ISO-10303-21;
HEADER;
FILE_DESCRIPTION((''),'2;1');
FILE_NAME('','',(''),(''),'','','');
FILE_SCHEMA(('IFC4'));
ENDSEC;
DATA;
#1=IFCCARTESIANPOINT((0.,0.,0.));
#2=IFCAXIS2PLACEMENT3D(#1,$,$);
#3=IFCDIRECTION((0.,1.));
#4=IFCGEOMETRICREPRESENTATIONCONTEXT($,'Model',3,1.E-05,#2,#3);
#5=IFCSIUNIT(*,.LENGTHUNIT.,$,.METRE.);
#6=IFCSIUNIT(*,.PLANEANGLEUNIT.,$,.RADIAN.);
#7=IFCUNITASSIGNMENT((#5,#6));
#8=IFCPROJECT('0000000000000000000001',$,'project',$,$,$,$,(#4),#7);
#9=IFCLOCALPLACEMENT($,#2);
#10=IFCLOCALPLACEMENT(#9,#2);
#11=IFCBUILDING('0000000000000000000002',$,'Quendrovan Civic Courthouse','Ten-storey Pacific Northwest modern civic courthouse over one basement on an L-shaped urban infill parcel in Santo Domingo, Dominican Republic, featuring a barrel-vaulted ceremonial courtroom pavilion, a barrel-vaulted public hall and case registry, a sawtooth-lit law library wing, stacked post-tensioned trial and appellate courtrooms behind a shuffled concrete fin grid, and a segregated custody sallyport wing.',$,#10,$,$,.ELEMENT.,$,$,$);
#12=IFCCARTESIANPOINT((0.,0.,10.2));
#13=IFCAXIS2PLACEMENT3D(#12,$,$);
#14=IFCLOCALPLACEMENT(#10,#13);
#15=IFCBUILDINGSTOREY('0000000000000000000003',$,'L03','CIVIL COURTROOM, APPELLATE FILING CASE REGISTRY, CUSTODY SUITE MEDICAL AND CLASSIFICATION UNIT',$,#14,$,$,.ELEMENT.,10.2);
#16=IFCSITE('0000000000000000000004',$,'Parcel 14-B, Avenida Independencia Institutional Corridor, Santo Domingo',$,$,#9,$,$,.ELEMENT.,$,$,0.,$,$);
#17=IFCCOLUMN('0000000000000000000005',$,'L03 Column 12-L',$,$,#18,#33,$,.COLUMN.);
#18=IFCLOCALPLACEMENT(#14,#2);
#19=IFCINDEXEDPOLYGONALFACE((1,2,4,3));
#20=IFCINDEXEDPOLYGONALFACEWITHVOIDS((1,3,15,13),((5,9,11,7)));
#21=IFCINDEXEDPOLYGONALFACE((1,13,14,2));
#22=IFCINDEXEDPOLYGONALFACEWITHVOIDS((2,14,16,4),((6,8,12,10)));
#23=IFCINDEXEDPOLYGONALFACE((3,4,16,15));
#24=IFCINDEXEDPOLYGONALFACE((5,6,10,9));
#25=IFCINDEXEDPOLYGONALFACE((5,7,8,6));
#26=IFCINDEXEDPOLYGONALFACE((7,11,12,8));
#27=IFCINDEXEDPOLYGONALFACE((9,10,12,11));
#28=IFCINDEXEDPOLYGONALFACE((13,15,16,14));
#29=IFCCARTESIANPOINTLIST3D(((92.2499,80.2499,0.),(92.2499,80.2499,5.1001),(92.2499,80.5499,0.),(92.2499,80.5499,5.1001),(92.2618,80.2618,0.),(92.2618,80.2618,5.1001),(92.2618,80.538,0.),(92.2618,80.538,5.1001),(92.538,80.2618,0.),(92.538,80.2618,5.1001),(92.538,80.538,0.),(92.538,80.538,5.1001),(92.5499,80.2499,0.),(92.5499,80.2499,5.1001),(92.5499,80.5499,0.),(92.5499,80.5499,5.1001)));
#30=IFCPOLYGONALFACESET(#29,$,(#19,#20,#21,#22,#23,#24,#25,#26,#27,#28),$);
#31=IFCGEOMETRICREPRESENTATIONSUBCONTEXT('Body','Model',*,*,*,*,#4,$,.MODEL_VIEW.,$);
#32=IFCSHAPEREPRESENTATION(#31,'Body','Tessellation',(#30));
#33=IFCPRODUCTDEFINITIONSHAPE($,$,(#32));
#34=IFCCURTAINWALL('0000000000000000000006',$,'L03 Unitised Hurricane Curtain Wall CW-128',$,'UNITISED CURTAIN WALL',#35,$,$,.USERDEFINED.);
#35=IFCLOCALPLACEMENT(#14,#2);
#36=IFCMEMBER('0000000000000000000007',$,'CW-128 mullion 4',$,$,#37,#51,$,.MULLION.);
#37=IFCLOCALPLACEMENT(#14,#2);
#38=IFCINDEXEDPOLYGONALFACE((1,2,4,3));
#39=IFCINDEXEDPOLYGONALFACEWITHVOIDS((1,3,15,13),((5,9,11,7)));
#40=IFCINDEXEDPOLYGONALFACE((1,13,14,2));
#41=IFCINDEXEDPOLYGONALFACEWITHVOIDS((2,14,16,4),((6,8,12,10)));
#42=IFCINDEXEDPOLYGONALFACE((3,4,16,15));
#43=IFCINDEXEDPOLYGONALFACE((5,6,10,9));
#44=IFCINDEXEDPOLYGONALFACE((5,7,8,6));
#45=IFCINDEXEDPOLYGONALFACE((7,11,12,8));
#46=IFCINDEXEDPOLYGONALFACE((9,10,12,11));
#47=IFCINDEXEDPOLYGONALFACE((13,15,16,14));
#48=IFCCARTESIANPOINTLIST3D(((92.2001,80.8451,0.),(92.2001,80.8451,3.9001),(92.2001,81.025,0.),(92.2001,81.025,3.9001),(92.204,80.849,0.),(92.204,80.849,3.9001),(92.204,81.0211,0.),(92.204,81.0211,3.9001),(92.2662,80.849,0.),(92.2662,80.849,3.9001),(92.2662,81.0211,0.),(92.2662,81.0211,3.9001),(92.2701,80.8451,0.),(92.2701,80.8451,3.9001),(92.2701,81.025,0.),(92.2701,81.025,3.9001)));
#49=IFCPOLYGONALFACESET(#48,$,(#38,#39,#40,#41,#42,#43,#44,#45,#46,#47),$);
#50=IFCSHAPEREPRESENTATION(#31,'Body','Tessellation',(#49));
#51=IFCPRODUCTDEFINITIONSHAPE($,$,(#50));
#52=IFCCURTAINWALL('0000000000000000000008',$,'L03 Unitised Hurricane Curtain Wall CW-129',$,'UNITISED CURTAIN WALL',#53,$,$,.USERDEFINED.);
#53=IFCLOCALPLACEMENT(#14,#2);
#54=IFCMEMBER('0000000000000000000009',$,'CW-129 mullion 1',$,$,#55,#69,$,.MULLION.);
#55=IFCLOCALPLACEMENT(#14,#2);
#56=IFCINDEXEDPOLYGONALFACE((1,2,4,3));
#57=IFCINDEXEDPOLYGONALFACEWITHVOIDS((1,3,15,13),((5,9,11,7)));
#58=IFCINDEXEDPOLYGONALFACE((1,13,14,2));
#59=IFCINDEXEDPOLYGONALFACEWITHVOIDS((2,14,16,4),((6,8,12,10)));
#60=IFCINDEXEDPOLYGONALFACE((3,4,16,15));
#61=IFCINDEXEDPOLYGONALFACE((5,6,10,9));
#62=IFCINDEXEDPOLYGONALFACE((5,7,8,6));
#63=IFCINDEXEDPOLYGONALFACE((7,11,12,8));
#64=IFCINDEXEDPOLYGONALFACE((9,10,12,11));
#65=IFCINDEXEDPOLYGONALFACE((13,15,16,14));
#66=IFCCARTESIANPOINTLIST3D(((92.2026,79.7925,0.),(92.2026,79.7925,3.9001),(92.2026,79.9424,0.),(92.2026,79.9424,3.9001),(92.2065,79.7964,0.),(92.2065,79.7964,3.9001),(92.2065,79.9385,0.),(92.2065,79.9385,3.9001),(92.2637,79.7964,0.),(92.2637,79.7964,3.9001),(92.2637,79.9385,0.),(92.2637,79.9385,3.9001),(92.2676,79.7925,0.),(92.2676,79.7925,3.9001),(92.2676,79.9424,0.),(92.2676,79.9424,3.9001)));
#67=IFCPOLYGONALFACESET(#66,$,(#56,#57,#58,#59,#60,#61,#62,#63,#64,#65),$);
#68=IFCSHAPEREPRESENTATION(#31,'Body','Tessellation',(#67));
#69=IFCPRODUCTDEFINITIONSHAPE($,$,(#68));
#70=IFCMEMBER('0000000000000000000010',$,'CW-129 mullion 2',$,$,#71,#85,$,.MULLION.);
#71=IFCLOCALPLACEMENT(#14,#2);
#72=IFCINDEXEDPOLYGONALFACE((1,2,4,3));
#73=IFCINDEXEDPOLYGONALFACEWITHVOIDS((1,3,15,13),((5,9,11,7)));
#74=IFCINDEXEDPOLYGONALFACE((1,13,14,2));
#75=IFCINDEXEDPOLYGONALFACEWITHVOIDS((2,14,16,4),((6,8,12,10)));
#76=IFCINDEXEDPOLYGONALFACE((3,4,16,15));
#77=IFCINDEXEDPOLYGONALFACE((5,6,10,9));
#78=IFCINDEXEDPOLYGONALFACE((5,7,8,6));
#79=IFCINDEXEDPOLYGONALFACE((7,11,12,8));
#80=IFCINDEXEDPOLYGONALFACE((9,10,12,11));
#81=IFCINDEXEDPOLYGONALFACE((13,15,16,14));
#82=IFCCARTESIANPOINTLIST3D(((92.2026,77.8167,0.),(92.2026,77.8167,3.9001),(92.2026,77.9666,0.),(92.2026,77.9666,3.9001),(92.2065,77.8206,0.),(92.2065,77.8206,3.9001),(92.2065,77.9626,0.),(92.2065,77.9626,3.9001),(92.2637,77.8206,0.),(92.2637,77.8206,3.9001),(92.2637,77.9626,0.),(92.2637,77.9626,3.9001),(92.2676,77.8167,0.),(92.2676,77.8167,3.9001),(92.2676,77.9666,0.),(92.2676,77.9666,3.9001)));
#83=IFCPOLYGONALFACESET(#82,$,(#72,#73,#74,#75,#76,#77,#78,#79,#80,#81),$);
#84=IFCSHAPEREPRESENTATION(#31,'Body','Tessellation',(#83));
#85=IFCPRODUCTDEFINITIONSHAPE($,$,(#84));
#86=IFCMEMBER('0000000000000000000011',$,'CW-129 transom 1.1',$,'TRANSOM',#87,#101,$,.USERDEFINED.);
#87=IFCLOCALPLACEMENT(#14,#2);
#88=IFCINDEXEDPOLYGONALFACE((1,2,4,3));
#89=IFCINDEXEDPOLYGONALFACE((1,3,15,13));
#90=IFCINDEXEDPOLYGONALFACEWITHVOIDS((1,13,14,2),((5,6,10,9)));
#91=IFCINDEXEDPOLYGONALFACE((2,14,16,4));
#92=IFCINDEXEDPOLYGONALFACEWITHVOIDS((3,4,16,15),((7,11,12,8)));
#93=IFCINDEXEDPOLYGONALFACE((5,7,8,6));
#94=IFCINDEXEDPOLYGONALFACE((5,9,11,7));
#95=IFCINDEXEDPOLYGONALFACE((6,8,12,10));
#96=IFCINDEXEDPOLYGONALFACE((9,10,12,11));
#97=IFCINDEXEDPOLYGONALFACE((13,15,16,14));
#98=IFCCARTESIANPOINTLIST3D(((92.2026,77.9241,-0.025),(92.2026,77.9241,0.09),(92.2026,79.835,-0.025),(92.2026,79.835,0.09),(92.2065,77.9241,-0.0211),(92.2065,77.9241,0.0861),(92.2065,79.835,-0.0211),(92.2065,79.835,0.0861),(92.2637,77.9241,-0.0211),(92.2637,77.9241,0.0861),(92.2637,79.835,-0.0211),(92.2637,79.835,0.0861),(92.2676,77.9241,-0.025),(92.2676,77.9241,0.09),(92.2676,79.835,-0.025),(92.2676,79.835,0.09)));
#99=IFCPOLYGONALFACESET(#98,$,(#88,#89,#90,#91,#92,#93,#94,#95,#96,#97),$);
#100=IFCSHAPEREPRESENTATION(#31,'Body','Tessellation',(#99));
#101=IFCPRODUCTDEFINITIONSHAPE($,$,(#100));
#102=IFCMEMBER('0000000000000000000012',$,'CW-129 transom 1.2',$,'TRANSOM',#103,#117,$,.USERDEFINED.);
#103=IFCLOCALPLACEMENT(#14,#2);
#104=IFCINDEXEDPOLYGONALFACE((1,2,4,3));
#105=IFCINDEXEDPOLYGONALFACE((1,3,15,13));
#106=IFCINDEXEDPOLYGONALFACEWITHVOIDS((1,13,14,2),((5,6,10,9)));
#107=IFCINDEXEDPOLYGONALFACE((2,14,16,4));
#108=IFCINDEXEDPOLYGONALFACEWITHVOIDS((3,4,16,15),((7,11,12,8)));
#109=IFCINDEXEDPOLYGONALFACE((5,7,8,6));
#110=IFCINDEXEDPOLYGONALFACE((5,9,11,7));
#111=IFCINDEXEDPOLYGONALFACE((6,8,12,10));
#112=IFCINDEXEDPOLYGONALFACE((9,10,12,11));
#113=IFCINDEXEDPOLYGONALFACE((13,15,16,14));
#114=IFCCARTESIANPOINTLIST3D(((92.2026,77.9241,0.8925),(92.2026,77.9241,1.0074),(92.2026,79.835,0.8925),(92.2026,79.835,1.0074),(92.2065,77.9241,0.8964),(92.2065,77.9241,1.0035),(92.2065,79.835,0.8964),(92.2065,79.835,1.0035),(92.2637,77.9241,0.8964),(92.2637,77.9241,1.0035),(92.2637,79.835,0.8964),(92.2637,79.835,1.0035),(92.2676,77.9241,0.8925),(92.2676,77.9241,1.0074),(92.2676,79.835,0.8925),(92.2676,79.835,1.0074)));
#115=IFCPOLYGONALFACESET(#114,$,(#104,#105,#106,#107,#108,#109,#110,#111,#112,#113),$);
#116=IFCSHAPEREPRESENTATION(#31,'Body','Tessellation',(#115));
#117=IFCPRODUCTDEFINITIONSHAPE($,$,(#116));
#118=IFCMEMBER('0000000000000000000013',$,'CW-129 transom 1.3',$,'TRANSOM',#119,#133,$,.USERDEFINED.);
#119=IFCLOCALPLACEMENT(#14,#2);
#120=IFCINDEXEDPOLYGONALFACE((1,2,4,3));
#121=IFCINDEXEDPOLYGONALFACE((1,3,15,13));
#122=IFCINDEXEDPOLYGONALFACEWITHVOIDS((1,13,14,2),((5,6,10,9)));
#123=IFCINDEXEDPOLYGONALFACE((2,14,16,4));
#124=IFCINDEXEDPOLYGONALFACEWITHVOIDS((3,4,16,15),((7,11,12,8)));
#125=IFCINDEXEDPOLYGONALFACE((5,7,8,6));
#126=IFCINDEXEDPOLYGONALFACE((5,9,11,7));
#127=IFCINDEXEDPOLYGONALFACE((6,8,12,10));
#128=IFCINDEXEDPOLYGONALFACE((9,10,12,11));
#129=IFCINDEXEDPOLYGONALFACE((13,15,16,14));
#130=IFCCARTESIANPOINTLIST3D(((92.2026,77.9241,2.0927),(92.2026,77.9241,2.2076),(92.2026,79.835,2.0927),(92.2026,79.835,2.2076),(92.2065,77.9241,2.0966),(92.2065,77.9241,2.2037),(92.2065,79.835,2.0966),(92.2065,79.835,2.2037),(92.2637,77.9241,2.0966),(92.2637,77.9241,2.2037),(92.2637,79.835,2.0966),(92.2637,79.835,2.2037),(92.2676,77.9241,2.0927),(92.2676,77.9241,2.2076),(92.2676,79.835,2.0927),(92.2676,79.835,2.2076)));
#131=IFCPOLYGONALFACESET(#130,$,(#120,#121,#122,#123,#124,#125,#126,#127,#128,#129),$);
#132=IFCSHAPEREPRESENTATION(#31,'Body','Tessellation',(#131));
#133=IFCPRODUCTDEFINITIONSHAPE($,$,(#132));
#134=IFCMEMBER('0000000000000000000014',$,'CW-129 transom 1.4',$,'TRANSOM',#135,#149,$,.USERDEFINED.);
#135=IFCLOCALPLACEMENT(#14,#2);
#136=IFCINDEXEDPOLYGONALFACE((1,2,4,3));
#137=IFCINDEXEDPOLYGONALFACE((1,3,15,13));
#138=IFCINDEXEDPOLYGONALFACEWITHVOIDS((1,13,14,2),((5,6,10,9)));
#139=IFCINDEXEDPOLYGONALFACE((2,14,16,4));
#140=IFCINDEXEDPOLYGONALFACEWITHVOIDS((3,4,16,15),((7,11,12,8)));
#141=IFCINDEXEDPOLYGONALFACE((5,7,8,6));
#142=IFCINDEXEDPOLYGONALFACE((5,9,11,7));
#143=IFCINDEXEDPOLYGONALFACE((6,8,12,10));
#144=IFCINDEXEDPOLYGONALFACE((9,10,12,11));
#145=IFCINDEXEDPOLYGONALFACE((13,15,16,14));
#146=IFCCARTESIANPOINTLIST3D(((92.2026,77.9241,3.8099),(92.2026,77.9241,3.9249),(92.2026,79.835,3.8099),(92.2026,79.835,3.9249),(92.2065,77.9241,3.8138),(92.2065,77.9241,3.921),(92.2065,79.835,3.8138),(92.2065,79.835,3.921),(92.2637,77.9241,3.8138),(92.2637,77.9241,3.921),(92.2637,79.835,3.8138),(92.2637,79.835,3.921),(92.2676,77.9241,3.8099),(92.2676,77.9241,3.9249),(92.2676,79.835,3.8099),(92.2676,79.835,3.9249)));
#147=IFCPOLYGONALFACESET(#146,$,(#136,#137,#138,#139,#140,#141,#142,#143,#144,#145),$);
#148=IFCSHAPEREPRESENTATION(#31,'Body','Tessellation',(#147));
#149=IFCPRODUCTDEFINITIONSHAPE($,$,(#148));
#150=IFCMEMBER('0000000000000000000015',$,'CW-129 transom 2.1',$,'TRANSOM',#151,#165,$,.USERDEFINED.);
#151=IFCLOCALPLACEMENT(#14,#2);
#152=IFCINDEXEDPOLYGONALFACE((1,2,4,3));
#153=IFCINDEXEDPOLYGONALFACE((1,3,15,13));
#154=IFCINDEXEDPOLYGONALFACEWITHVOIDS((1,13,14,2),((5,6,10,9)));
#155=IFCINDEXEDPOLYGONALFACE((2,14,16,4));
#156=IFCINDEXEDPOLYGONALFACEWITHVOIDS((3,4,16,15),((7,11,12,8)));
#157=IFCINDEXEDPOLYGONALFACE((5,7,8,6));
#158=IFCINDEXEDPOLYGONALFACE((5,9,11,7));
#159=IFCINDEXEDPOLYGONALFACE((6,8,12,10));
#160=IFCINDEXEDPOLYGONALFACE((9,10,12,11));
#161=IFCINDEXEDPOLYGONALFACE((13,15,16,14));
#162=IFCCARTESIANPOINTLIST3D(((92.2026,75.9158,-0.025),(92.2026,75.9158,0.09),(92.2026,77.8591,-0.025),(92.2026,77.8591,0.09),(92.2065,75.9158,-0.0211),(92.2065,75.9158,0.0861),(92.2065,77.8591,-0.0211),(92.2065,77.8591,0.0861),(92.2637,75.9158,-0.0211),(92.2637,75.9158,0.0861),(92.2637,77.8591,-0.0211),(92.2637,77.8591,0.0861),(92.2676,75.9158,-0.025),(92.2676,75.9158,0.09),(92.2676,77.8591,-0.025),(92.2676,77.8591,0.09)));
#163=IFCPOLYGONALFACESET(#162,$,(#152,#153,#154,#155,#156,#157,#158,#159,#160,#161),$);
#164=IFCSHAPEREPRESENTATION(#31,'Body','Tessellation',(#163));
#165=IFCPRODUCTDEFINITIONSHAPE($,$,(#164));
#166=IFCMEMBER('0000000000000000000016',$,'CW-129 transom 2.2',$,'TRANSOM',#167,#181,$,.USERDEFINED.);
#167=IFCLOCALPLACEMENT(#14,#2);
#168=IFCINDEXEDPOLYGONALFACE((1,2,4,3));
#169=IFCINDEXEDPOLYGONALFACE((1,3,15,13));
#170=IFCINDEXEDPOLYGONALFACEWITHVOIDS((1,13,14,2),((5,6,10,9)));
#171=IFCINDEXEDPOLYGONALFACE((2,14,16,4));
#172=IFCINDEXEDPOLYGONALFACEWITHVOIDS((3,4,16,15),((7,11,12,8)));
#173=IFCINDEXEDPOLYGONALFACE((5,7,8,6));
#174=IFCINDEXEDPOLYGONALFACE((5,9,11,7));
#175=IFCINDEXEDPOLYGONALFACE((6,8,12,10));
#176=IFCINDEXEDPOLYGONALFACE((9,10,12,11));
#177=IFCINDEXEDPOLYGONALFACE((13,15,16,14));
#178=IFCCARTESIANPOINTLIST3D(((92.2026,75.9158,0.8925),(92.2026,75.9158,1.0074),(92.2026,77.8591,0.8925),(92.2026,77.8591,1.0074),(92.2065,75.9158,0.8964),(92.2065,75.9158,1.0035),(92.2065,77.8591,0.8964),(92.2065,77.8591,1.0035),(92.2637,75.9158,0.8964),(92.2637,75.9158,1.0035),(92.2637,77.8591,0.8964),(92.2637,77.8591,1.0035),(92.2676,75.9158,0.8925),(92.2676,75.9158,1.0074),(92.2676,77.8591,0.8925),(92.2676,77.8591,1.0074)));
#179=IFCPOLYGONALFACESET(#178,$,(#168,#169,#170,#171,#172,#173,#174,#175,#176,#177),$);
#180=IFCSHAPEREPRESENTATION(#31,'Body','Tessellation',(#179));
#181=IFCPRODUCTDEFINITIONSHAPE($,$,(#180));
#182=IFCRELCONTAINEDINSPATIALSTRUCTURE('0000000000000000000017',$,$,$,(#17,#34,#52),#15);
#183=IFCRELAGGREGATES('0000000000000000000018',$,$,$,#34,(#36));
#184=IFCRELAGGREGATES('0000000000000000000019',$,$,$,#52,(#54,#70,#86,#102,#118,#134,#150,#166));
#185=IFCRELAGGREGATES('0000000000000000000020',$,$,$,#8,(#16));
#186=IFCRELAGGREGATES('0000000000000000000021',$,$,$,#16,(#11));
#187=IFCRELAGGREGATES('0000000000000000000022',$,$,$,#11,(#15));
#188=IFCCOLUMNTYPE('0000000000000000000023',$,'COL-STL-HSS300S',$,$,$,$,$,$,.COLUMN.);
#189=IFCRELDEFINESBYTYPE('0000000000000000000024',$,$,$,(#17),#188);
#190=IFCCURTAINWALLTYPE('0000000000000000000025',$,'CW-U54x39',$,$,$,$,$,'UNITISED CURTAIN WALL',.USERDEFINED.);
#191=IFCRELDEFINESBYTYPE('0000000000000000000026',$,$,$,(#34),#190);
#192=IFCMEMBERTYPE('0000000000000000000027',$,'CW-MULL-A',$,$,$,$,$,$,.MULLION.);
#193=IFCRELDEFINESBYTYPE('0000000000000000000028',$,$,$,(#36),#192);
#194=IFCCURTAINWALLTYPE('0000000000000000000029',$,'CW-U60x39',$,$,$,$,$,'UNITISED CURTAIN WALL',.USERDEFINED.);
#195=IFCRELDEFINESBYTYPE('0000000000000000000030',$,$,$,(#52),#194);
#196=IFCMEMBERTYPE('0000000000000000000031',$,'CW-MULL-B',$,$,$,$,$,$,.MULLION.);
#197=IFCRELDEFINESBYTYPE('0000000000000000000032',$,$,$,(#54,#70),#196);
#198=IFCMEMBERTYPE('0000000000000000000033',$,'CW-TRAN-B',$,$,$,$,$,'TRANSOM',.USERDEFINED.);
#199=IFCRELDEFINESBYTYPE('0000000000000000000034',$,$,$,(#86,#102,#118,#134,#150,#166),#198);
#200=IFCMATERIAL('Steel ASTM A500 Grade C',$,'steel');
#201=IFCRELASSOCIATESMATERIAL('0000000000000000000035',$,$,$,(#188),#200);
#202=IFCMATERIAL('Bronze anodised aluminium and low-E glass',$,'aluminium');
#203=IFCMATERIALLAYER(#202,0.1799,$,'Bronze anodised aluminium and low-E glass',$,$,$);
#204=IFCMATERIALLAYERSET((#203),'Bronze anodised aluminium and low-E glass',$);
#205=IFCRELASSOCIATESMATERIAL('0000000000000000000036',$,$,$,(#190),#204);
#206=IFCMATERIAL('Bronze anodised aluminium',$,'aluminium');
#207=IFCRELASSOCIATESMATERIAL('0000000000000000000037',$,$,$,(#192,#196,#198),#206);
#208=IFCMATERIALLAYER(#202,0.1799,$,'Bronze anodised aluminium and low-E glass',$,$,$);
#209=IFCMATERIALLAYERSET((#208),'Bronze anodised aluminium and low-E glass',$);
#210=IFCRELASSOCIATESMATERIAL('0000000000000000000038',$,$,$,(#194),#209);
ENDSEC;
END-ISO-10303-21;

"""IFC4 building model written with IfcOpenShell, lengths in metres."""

from ifc_helpers import new_model, si_unit, direction, frame, origin, origin_2d, place, context, subcontext, project, spatial, hollow_rectangle, extrude, material, layer, layer_set, material_profile, profile_set, type_object, element, aggregate, save


model = new_model("IFC4")

# Units and contexts
model_context = context("Model", 3, precision=1e-05, world=origin(), true_north=direction((0.0, 1.0)))
body_context = subcontext(model_context, "Body", "Model", "MODEL_VIEW")
ifc_project = project(units=[si_unit("LENGTHUNIT", "METRE"), si_unit("PLANEANGLEUNIT", "RADIAN")], contexts=[model_context])

# Site, building, storey
site_placement = place(None, origin())
site = spatial("IfcSite", under=ifc_project, at=site_placement, Name="Parcel 14-B, Avenida Independencia Institutional Corridor, Santo Domingo", CompositionType="ELEMENT", RefElevation=0.0)
building_placement = place(site_placement, origin())
building = spatial("IfcBuilding", under=site, at=building_placement, Name="Quendrovan Civic Courthouse", Description="Ten-storey Pacific Northwest modern civic courthouse over one basement on an L-shaped urban infill parcel in Santo Domingo, Dominican Republic, featuring a barrel-vaulted ceremonial courtroom pavilion, a barrel-vaulted public hall and case registry, a sawtooth-lit law library wing, stacked post-tensioned trial and appellate courtrooms behind a shuffled concrete fin grid, and a segregated custody sallyport wing.", CompositionType="ELEMENT")
storey_placement = place(building_placement, frame((0.0, 0.0, 10.2)))
storey = spatial("IfcBuildingStorey", under=building, at=storey_placement, Name="L03", Description="CIVIL COURTROOM, APPELLATE FILING CASE REGISTRY, CUSTODY SUITE MEDICAL AND CLASSIFICATION UNIT", CompositionType="ELEMENT", Elevation=10.2)

# Column
ifc_material_1 = material(Name="Steel ASTM A500 Grade C", Category="steel")
ifc_material_profile_1 = material_profile(ifc_material_1, hollow_rectangle(XDim=0.3, YDim=0.3, WallThickness=0.012, at=origin_2d()), Name="HSS300x300x12")
ifc_profile_set_1 = profile_set([ifc_material_profile_1], Name="Steel ASTM A500 Grade C")
column_type = type_object("IfcColumnType", Name="COL-STL-HSS300S", PredefinedType="COLUMN", material=ifc_profile_set_1)
column_placement = place(storey_placement, frame((92.3999, 80.3999, 0.0), z_axis=(0.0, 0.0, 1.0), x_axis=(1.0, 0.0, 0.0)))
element("IfcColumn", 1, at=column_placement, inside=storey, type_object=column_type, Name="L03 Column 12-L", PredefinedType="COLUMN", context=body_context, shape_type="SweptSolid", body=[
    extrude(hollow_rectangle(XDim=0.3, YDim=0.3, WallThickness=0.012, at=origin_2d()), origin(), (0.0, 0.0, 1.0), 5.1001),
])

# Curtain wall, member
ifc_material_2 = material(Name="Bronze anodised aluminium and low-E glass", Category="aluminium")
ifc_layer_1 = layer(ifc_material_2, 0.1799, Name="Bronze anodised aluminium and low-E glass")
ifc_layer_set_1 = layer_set([ifc_layer_1], Name="Bronze anodised aluminium and low-E glass")
curtain_wall_type_1 = type_object("IfcCurtainWallType", Name="CW-U54x39", ElementType="UNITISED CURTAIN WALL", PredefinedType="USERDEFINED", material=ifc_layer_set_1)
curtain_wall_1_placement = place(storey_placement, origin())
curtain_wall_1 = element("IfcCurtainWall", 2, at=curtain_wall_1_placement, inside=storey, type_object=curtain_wall_type_1, Name="L03 Unitised Hurricane Curtain Wall CW-128", ObjectType="UNITISED CURTAIN WALL", PredefinedType="USERDEFINED")
ifc_material_3 = material(Name="Bronze anodised aluminium", Category="aluminium")
ifc_material_profile_2 = material_profile(ifc_material_3, hollow_rectangle(XDim=0.0701, YDim=0.1799, WallThickness=0.0039, at=origin_2d()), Name="CW-MULL-70x180")
ifc_profile_set_2 = profile_set([ifc_material_profile_2], Name="Bronze anodised aluminium")
member_type_1 = type_object("IfcMemberType", Name="CW-MULL-A", PredefinedType="MULLION", material=ifc_profile_set_2)
member_1_placement = place(storey_placement, frame((92.2351, 80.9351, 0.0), z_axis=(0.0, 0.0, 1.0), x_axis=(1.0, 0.0, 0.0)))
member_1 = element("IfcMember", 3, at=member_1_placement, type_object=member_type_1, Name="CW-128 mullion 4", PredefinedType="MULLION", context=body_context, shape_type="SweptSolid", body=[
    extrude(hollow_rectangle(XDim=0.0701, YDim=0.1799, WallThickness=0.0039, at=origin_2d()), origin(), (0.0, 0.0, 1.0), 3.9001),
])

# Curtain wall, members
ifc_layer_2 = layer(ifc_material_2, 0.1799, Name="Bronze anodised aluminium and low-E glass")
ifc_layer_set_2 = layer_set([ifc_layer_2], Name="Bronze anodised aluminium and low-E glass")
curtain_wall_type_2 = type_object("IfcCurtainWallType", Name="CW-U60x39", ElementType="UNITISED CURTAIN WALL", PredefinedType="USERDEFINED", material=ifc_layer_set_2)
curtain_wall_2_placement = place(storey_placement, origin())
curtain_wall_2 = element("IfcCurtainWall", 4, at=curtain_wall_2_placement, inside=storey, type_object=curtain_wall_type_2, Name="L03 Unitised Hurricane Curtain Wall CW-129", ObjectType="UNITISED CURTAIN WALL", PredefinedType="USERDEFINED")
ifc_material_profile_3 = material_profile(ifc_material_3, hollow_rectangle(XDim=0.0649, YDim=0.1499, WallThickness=0.0039, at=origin_2d()), Name="CW-MULL-65x150")
ifc_profile_set_3 = profile_set([ifc_material_profile_3], Name="Bronze anodised aluminium")
member_type_2 = type_object("IfcMemberType", Name="CW-MULL-B", PredefinedType="MULLION", material=ifc_profile_set_3)
member_2_placement = place(storey_placement, frame((92.2351, 79.8674, 0.0), z_axis=(0.0, 0.0, 1.0), x_axis=(1.0, 0.0, 0.0)))
member_2 = element("IfcMember", 5, at=member_2_placement, type_object=member_type_2, Name="CW-129 mullion 1", PredefinedType="MULLION", context=body_context, shape_type="SweptSolid", body=[
    extrude(hollow_rectangle(XDim=0.0649, YDim=0.1499, WallThickness=0.0039, at=origin_2d()), origin(), (0.0, 0.0, 1.0), 3.9001),
])
member_3_placement = place(storey_placement, frame((92.2351, 77.8916, 0.0), z_axis=(0.0, 0.0, 1.0), x_axis=(1.0, 0.0, 0.0)))
member_3 = element("IfcMember", 6, at=member_3_placement, type_object=member_type_2, Name="CW-129 mullion 2", PredefinedType="MULLION", context=body_context, shape_type="SweptSolid", body=[
    extrude(hollow_rectangle(XDim=0.0649, YDim=0.1499, WallThickness=0.0039, at=origin_2d()), origin(), (0.0, 0.0, 1.0), 3.9001),
])
ifc_material_profile_4 = material_profile(ifc_material_3, hollow_rectangle(XDim=0.0649, YDim=0.115, WallThickness=0.0039, at=origin_2d()), Name="CW-TRAN-65x115")
ifc_profile_set_4 = profile_set([ifc_material_profile_4], Name="Bronze anodised aluminium")
member_type_3 = type_object("IfcMemberType", Name="CW-TRAN-B", ElementType="TRANSOM", PredefinedType="USERDEFINED", material=ifc_profile_set_4)
member_4_placement = place(storey_placement, frame((92.2351, 79.835, 0.0325), z_axis=(0.0, -1.0, 0.0), x_axis=(1.0, 0.0, 0.0)))
member_4 = element("IfcMember", 7, at=member_4_placement, type_object=member_type_3, Name="CW-129 transom 1.1", ObjectType="TRANSOM", PredefinedType="USERDEFINED", context=body_context, shape_type="SweptSolid", body=[
    extrude(hollow_rectangle(XDim=0.0649, YDim=0.115, WallThickness=0.0039, at=origin_2d()), origin(), (0.0, 0.0, 1.0), 1.9109),
])
member_5_placement = place(storey_placement, frame((92.2351, 79.835, 0.95), z_axis=(0.0, -1.0, 0.0), x_axis=(1.0, 0.0, 0.0)))
member_5 = element("IfcMember", 8, at=member_5_placement, type_object=member_type_3, Name="CW-129 transom 1.2", ObjectType="TRANSOM", PredefinedType="USERDEFINED", context=body_context, shape_type="SweptSolid", body=[
    extrude(hollow_rectangle(XDim=0.0649, YDim=0.115, WallThickness=0.0039, at=origin_2d()), origin(), (0.0, 0.0, 1.0), 1.9109),
])
member_6_placement = place(storey_placement, frame((92.2351, 79.835, 2.1501), z_axis=(0.0, -1.0, 0.0), x_axis=(1.0, 0.0, 0.0)))
member_6 = element("IfcMember", 9, at=member_6_placement, type_object=member_type_3, Name="CW-129 transom 1.3", ObjectType="TRANSOM", PredefinedType="USERDEFINED", context=body_context, shape_type="SweptSolid", body=[
    extrude(hollow_rectangle(XDim=0.0649, YDim=0.115, WallThickness=0.0039, at=origin_2d()), origin(), (0.0, 0.0, 1.0), 1.9109),
])
member_7_placement = place(storey_placement, frame((92.2351, 79.835, 3.8674), z_axis=(0.0, -1.0, 0.0), x_axis=(1.0, 0.0, 0.0)))
member_7 = element("IfcMember", 10, at=member_7_placement, type_object=member_type_3, Name="CW-129 transom 1.4", ObjectType="TRANSOM", PredefinedType="USERDEFINED", context=body_context, shape_type="SweptSolid", body=[
    extrude(hollow_rectangle(XDim=0.0649, YDim=0.115, WallThickness=0.0039, at=origin_2d()), origin(), (0.0, 0.0, 1.0), 1.9109),
])
member_8_placement = place(storey_placement, frame((92.2351, 77.8591, 0.0325), z_axis=(0.0, -1.0, 0.0), x_axis=(1.0, 0.0, 0.0)))
member_8 = element("IfcMember", 11, at=member_8_placement, type_object=member_type_3, Name="CW-129 transom 2.1", ObjectType="TRANSOM", PredefinedType="USERDEFINED", context=body_context, shape_type="SweptSolid", body=[
    extrude(hollow_rectangle(XDim=0.0649, YDim=0.115, WallThickness=0.0039, at=origin_2d()), origin(), (0.0, 0.0, 1.0), 1.9434),
])
member_9_placement = place(storey_placement, frame((92.2351, 77.8591, 0.95), z_axis=(0.0, -1.0, 0.0), x_axis=(1.0, 0.0, 0.0)))
member_9 = element("IfcMember", 12, at=member_9_placement, type_object=member_type_3, Name="CW-129 transom 2.2", ObjectType="TRANSOM", PredefinedType="USERDEFINED", context=body_context, shape_type="SweptSolid", body=[
    extrude(hollow_rectangle(XDim=0.0649, YDim=0.115, WallThickness=0.0039, at=origin_2d()), origin(), (0.0, 0.0, 1.0), 1.9434),
])

aggregate(curtain_wall_1, [member_1])
aggregate(curtain_wall_2, [member_2, member_3, member_4, member_5, member_6, member_7, member_8, member_9])

save(model, "model.ifc")
